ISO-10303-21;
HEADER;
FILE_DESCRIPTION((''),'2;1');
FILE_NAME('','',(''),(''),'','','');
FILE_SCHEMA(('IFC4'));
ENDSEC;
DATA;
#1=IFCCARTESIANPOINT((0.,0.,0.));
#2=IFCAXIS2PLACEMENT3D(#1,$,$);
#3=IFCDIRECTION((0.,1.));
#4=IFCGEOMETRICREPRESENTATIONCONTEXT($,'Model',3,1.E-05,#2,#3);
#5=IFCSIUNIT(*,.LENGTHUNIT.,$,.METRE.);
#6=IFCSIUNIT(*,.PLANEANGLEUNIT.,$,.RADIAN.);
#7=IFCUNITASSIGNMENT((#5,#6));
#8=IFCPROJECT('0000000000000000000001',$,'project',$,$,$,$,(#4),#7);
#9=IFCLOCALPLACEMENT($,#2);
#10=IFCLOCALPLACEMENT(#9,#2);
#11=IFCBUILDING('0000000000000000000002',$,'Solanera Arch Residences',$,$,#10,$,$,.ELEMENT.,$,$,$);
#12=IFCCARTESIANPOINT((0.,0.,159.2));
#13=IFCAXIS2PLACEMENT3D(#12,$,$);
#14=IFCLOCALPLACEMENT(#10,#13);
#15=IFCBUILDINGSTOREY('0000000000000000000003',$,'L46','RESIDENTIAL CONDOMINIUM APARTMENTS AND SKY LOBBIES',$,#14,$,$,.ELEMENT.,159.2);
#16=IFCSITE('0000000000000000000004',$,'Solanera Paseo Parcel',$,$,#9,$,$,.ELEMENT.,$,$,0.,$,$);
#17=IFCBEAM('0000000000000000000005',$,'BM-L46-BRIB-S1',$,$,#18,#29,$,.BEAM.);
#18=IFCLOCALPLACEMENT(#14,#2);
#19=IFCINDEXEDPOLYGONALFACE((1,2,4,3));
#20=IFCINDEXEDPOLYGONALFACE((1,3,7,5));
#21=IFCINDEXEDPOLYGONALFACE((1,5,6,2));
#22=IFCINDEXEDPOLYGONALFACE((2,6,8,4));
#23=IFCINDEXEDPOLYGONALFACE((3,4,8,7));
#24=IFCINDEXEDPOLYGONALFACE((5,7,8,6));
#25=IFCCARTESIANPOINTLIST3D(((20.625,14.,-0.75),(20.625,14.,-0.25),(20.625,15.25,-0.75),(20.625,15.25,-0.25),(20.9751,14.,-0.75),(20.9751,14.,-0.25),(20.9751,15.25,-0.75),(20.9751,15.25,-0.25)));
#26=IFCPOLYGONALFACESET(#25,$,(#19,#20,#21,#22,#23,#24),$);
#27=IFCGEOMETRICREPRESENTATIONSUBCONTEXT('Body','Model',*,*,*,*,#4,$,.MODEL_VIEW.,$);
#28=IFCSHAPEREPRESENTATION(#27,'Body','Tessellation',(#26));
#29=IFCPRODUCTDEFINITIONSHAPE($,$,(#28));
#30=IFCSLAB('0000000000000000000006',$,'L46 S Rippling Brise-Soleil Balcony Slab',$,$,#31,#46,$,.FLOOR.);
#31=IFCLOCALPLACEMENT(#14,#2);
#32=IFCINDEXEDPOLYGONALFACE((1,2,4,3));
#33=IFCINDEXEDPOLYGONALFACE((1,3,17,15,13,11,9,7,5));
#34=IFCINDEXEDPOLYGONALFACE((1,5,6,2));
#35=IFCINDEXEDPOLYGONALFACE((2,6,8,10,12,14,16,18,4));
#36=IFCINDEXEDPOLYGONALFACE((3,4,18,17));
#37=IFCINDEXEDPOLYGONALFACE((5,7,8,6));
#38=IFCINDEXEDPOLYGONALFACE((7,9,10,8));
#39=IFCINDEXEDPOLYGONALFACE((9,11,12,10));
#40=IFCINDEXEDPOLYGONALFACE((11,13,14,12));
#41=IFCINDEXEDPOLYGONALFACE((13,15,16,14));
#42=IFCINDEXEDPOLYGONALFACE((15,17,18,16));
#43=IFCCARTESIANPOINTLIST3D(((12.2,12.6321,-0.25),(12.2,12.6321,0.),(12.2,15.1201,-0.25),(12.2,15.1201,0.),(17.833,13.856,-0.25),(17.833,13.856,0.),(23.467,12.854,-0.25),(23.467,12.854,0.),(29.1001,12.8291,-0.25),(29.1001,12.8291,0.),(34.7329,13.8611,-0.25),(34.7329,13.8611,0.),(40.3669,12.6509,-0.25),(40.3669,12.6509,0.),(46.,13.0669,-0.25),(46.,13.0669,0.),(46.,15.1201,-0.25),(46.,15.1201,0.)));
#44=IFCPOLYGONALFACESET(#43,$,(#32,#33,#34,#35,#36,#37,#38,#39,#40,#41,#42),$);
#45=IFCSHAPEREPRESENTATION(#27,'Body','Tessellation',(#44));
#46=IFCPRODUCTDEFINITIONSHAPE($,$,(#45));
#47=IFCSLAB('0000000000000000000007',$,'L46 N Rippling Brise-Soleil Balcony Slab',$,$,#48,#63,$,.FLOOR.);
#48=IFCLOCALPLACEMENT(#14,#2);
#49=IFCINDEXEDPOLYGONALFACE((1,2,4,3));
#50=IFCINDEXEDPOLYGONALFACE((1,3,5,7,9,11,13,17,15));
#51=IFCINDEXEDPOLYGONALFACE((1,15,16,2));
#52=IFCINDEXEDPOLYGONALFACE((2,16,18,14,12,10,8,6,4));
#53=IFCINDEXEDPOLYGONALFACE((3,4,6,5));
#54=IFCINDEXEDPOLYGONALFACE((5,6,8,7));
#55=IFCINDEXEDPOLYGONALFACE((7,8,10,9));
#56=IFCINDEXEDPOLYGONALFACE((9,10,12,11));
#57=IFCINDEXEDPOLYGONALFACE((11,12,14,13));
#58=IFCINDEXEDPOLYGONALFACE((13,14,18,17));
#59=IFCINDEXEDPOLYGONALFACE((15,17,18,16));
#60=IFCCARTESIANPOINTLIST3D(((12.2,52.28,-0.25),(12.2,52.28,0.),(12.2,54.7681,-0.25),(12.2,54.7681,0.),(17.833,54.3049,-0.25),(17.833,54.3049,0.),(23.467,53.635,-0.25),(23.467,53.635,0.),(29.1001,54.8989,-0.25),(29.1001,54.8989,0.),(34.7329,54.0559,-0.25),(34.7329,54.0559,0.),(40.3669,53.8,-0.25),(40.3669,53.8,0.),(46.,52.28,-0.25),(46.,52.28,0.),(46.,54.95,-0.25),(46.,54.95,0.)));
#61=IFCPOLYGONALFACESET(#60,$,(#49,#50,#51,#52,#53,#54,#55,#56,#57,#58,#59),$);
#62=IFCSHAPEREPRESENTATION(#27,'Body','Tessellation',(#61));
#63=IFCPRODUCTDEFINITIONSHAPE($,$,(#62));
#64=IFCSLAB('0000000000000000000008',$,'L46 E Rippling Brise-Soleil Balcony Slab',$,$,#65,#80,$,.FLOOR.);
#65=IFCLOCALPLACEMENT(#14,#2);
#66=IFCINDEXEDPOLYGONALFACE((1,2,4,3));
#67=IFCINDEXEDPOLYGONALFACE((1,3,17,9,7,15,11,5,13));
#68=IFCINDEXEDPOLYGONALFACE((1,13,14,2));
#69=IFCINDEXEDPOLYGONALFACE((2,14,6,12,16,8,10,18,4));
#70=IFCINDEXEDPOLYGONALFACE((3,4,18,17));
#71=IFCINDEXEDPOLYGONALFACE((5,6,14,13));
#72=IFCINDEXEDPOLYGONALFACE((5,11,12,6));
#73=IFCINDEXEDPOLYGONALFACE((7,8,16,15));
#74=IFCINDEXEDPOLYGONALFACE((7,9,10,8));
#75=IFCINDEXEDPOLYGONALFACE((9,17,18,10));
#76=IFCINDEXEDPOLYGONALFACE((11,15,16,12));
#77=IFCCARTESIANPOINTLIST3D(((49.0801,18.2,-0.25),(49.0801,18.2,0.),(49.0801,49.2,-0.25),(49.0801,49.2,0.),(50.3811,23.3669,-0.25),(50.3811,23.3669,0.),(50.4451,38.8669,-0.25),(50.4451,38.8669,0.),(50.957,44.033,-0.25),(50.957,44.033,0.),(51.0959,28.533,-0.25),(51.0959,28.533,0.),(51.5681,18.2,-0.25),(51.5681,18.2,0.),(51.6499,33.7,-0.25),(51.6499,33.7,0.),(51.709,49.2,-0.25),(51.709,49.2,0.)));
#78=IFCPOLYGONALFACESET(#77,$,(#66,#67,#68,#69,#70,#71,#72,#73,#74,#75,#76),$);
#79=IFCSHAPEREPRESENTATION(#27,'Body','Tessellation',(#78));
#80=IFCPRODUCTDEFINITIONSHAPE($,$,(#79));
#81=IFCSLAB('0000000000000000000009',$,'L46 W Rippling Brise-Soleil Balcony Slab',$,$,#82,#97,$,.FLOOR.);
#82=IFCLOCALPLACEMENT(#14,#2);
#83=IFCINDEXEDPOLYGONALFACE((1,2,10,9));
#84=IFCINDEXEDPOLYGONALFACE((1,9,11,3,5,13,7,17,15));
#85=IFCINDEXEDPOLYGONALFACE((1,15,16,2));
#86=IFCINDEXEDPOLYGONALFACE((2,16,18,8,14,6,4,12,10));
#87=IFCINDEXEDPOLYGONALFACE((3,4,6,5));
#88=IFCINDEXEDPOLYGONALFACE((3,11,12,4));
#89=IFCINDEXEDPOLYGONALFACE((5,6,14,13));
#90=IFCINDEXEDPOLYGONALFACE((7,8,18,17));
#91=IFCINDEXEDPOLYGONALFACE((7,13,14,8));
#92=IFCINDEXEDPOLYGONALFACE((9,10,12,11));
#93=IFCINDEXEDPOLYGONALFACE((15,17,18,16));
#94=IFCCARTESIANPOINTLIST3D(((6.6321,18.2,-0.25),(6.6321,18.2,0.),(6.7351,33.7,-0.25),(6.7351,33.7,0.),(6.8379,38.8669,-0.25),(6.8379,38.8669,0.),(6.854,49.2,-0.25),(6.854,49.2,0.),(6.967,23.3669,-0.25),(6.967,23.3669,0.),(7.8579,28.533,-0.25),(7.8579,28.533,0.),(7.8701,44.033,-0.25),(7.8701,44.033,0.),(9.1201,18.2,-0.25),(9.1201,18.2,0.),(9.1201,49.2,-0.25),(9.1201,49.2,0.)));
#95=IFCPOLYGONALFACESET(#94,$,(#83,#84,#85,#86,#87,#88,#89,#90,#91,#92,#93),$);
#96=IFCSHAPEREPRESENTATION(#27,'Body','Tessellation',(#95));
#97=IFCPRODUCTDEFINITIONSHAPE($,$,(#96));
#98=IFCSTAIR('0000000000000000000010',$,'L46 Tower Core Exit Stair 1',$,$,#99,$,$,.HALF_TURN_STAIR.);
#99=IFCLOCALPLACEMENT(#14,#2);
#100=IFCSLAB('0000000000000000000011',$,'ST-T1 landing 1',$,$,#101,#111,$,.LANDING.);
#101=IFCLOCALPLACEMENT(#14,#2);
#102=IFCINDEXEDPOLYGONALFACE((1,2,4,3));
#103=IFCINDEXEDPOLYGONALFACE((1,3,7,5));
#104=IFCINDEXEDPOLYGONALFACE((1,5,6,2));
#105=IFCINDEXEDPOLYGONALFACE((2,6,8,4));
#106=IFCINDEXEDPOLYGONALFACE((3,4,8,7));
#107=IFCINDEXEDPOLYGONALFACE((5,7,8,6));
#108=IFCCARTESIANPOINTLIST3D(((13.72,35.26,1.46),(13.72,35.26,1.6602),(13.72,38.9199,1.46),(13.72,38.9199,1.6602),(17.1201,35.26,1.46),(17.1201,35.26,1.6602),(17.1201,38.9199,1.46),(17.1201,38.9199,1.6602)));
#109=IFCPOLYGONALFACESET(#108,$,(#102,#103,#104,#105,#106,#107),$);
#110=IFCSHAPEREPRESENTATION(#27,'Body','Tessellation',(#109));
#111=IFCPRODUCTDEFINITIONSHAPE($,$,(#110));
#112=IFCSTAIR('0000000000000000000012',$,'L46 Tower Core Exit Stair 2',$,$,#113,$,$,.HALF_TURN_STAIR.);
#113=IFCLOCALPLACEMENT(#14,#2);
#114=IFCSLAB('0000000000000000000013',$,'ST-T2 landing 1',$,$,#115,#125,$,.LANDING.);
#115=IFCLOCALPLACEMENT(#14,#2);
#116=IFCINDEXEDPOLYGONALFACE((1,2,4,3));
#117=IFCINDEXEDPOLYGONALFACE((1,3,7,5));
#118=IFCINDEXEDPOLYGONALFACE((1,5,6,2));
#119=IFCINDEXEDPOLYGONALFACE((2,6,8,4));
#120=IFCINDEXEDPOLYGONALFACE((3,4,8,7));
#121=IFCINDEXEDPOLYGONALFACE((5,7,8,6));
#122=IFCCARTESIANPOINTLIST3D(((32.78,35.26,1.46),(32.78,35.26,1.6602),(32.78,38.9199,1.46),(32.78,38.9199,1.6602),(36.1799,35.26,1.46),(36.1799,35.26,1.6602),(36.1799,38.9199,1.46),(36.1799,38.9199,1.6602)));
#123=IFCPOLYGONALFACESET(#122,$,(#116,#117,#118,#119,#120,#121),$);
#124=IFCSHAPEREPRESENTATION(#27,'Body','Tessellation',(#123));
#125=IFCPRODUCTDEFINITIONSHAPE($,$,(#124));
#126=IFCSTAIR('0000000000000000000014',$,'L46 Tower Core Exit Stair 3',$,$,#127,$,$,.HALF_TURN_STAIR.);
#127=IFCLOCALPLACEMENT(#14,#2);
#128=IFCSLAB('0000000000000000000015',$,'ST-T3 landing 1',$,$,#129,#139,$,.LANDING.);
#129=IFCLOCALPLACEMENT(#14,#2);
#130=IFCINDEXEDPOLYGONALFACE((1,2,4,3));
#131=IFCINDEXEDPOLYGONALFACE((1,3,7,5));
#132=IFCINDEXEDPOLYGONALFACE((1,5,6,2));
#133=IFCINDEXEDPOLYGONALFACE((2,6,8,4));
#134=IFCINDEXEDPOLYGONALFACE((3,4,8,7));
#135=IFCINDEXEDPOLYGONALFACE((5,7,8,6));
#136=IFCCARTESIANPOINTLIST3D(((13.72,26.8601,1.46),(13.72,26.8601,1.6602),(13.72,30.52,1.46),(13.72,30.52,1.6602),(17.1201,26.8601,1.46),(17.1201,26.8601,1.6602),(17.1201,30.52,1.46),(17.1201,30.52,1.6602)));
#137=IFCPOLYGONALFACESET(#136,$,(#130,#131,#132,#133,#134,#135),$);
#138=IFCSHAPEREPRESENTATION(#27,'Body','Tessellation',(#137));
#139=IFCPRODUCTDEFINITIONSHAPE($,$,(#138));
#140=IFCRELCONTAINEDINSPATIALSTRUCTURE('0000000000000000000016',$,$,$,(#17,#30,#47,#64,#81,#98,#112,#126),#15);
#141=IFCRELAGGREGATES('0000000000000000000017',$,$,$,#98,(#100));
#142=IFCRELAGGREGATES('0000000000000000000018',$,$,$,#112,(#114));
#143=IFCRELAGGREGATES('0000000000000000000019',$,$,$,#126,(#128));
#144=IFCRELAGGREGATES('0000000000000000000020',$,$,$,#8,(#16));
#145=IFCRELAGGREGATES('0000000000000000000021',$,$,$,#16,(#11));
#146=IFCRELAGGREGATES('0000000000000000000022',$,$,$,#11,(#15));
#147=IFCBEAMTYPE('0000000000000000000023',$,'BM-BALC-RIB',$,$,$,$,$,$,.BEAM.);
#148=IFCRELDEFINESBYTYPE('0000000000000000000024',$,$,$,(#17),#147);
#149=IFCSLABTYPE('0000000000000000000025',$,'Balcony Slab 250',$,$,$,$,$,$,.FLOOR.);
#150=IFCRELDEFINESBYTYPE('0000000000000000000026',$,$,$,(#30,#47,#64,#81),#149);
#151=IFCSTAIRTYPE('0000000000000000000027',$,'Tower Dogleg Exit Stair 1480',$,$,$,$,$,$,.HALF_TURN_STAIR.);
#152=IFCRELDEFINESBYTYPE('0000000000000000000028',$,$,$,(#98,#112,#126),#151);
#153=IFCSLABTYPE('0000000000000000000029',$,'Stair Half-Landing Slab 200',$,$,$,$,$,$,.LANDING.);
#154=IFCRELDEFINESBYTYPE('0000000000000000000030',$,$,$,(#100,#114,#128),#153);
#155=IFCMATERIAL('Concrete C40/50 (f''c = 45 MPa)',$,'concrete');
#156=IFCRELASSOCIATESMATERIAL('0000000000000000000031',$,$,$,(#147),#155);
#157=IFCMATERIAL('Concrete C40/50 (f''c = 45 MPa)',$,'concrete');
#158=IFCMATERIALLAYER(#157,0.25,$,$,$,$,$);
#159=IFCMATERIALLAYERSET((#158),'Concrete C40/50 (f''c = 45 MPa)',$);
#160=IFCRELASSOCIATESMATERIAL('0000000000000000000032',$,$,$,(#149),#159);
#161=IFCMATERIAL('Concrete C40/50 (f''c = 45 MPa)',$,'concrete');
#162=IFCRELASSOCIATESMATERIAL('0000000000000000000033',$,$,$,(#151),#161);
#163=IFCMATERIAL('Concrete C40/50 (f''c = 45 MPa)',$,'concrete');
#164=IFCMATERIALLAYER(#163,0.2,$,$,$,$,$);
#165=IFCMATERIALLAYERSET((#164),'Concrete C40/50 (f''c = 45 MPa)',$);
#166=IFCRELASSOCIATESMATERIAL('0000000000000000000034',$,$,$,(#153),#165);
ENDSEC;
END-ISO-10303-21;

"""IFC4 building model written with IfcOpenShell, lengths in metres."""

from ifc_helpers import new_model, si_unit, direction, frame, origin, origin_2d, place, context, subcontext, project, spatial, polyline, rectangle, outline, extrude, material, layer, layer_set, material_profile, profile_set, type_object, element, aggregate, save


model = new_model("IFC4")

# Units and contexts
model_context = context("Model", 3, precision=1e-05, world=origin(), true_north=direction((0.0, 1.0)))
body_context = subcontext(model_context, "Body", "Model", "MODEL_VIEW")
ifc_project = project(units=[si_unit("LENGTHUNIT", "METRE"), si_unit("PLANEANGLEUNIT", "RADIAN")], contexts=[model_context])

# Site, building, storey
site_placement = place(None, origin())
site = spatial("IfcSite", under=ifc_project, at=site_placement, Name="Solanera Paseo Parcel", CompositionType="ELEMENT", RefElevation=0.0)
building_placement = place(site_placement, origin())
building = spatial("IfcBuilding", under=site, at=building_placement, Name="Solanera Arch Residences", CompositionType="ELEMENT")
storey_placement = place(building_placement, frame((0.0, 0.0, 159.2)))
storey = spatial("IfcBuildingStorey", under=building, at=storey_placement, Name="L46", Description="RESIDENTIAL CONDOMINIUM APARTMENTS AND SKY LOBBIES", CompositionType="ELEMENT", Elevation=159.2)

# Beam
ifc_material_1 = material(Name="Concrete C40/50 (f'c = 45 MPa)", Category="concrete")
ifc_material_profile = material_profile(ifc_material_1, rectangle(XDim=0.3501, YDim=0.5, at=origin_2d()))
ifc_profile_set = profile_set([ifc_material_profile], Name="Concrete C40/50 (f'c = 45 MPa)")
beam_type = type_object("IfcBeamType", Name="BM-BALC-RIB", PredefinedType="BEAM", material=ifc_profile_set)
beam_placement = place(storey_placement, frame((20.8, 14.0, -0.5), z_axis=(0.0, 1.0, 0.0), x_axis=(-1.0, 0.0, 0.0)))
element("IfcBeam", 1, at=beam_placement, inside=storey, type_object=beam_type, Name="BM-L46-BRIB-S1", PredefinedType="BEAM", context=body_context, shape_type="SweptSolid", body=[
    extrude(rectangle(XDim=0.3501, YDim=0.5, at=origin_2d()), origin(), (0.0, 0.0, 1.0), 1.25),
])

# Slabs
ifc_material_2 = material(Name="Concrete C40/50 (f'c = 45 MPa)", Category="concrete")
ifc_layer_1 = layer(ifc_material_2, 0.25)
ifc_layer_set_1 = layer_set([ifc_layer_1], Name="Concrete C40/50 (f'c = 45 MPa)")
slab_type_1 = type_object("IfcSlabType", Name="Balcony Slab 250", PredefinedType="FLOOR", material=ifc_layer_set_1)
slab_1_placement = place(storey_placement, frame((0.0, 0.0, -0.25)))
element("IfcSlab", 2, at=slab_1_placement, inside=storey, type_object=slab_type_1, Name="L46 S Rippling Brise-Soleil Balcony Slab", PredefinedType="FLOOR", context=body_context, shape_type="SweptSolid", body=[
    extrude(outline(polyline([(12.2, 12.6321), (17.833, 13.856), (23.467, 12.854), (29.1001, 12.8291), (34.7329, 13.8611), (40.3669, 12.6509), (46.0, 13.0669), (46.0, 15.1201), (12.2, 15.1201), (12.2, 12.6321)])), origin(), (0.0, 0.0, 1.0), 0.25),
])
slab_2_placement = place(storey_placement, frame((0.0, 0.0, -0.25)))
element("IfcSlab", 3, at=slab_2_placement, inside=storey, type_object=slab_type_1, Name="L46 N Rippling Brise-Soleil Balcony Slab", PredefinedType="FLOOR", context=body_context, shape_type="SweptSolid", body=[
    extrude(outline(polyline([(46.0, 54.95), (40.3669, 53.8), (34.7329, 54.0559), (29.1001, 54.8989), (23.467, 53.635), (17.833, 54.3049), (12.2, 54.7681), (12.2, 52.28), (46.0, 52.28), (46.0, 54.95)])), origin(), (0.0, 0.0, 1.0), 0.25),
])
slab_3_placement = place(storey_placement, frame((0.0, 0.0, -0.25)))
element("IfcSlab", 4, at=slab_3_placement, inside=storey, type_object=slab_type_1, Name="L46 E Rippling Brise-Soleil Balcony Slab", PredefinedType="FLOOR", context=body_context, shape_type="SweptSolid", body=[
    extrude(outline(polyline([(51.5681, 18.2), (50.3811, 23.3669), (51.0959, 28.533), (51.6499, 33.7), (50.4451, 38.8669), (50.957, 44.033), (51.709, 49.2), (49.0801, 49.2), (49.0801, 18.2), (51.5681, 18.2)])), origin(), (0.0, 0.0, 1.0), 0.25),
])
slab_4_placement = place(storey_placement, frame((0.0, 0.0, -0.25)))
element("IfcSlab", 5, at=slab_4_placement, inside=storey, type_object=slab_type_1, Name="L46 W Rippling Brise-Soleil Balcony Slab", PredefinedType="FLOOR", context=body_context, shape_type="SweptSolid", body=[
    extrude(outline(polyline([(6.854, 49.2), (7.8701, 44.033), (6.8379, 38.8669), (6.7351, 33.7), (7.8579, 28.533), (6.967, 23.3669), (6.6321, 18.2), (9.1201, 18.2), (9.1201, 49.2), (6.854, 49.2)])), origin(), (0.0, 0.0, 1.0), 0.25),
])

# Stairs, slabs
ifc_material_3 = material(Name="Concrete C40/50 (f'c = 45 MPa)", Category="concrete")
stair_type = type_object("IfcStairType", Name="Tower Dogleg Exit Stair 1480", PredefinedType="HALF_TURN_STAIR", material=ifc_material_3)
stair_1_placement = place(storey_placement, origin())
stair_1 = element("IfcStair", 6, at=stair_1_placement, inside=storey, type_object=stair_type, Name="L46 Tower Core Exit Stair 1", PredefinedType="HALF_TURN_STAIR")
ifc_material_4 = material(Name="Concrete C40/50 (f'c = 45 MPa)", Category="concrete")
ifc_layer_2 = layer(ifc_material_4, 0.2)
ifc_layer_set_2 = layer_set([ifc_layer_2], Name="Concrete C40/50 (f'c = 45 MPa)")
slab_type_2 = type_object("IfcSlabType", Name="Stair Half-Landing Slab 200", PredefinedType="LANDING", material=ifc_layer_set_2)
slab_5_placement = place(storey_placement, frame((0.0, 0.0, 1.46)))
slab_5 = element("IfcSlab", 7, at=slab_5_placement, type_object=slab_type_2, Name="ST-T1 landing 1", PredefinedType="LANDING", context=body_context, shape_type="SweptSolid", body=[
    extrude(outline(polyline([(17.1201, 35.26), (17.1201, 38.9199), (13.72, 38.9199), (13.72, 35.26), (17.1201, 35.26)])), origin(), (0.0, 0.0, 1.0), 0.2002),
])
aggregate(stair_1, [slab_5])
stair_2_placement = place(storey_placement, origin())
stair_2 = element("IfcStair", 8, at=stair_2_placement, inside=storey, type_object=stair_type, Name="L46 Tower Core Exit Stair 2", PredefinedType="HALF_TURN_STAIR")
slab_6_placement = place(storey_placement, frame((0.0, 0.0, 1.46)))
slab_6 = element("IfcSlab", 9, at=slab_6_placement, type_object=slab_type_2, Name="ST-T2 landing 1", PredefinedType="LANDING", context=body_context, shape_type="SweptSolid", body=[
    extrude(outline(polyline([(36.1799, 35.26), (36.1799, 38.9199), (32.78, 38.9199), (32.78, 35.26), (36.1799, 35.26)])), origin(), (0.0, 0.0, 1.0), 0.2002),
])
aggregate(stair_2, [slab_6])
stair_3_placement = place(storey_placement, origin())
stair_3 = element("IfcStair", 10, at=stair_3_placement, inside=storey, type_object=stair_type, Name="L46 Tower Core Exit Stair 3", PredefinedType="HALF_TURN_STAIR")
slab_7_placement = place(storey_placement, frame((0.0, 0.0, 1.46)))
slab_7 = element("IfcSlab", 11, at=slab_7_placement, type_object=slab_type_2, Name="ST-T3 landing 1", PredefinedType="LANDING", context=body_context, shape_type="SweptSolid", body=[
    extrude(outline(polyline([(17.1201, 26.8601), (17.1201, 30.52), (13.72, 30.52), (13.72, 26.8601), (17.1201, 26.8601)])), origin(), (0.0, 0.0, 1.0), 0.2002),
])
aggregate(stair_3, [slab_7])

save(model, "model.ifc")
